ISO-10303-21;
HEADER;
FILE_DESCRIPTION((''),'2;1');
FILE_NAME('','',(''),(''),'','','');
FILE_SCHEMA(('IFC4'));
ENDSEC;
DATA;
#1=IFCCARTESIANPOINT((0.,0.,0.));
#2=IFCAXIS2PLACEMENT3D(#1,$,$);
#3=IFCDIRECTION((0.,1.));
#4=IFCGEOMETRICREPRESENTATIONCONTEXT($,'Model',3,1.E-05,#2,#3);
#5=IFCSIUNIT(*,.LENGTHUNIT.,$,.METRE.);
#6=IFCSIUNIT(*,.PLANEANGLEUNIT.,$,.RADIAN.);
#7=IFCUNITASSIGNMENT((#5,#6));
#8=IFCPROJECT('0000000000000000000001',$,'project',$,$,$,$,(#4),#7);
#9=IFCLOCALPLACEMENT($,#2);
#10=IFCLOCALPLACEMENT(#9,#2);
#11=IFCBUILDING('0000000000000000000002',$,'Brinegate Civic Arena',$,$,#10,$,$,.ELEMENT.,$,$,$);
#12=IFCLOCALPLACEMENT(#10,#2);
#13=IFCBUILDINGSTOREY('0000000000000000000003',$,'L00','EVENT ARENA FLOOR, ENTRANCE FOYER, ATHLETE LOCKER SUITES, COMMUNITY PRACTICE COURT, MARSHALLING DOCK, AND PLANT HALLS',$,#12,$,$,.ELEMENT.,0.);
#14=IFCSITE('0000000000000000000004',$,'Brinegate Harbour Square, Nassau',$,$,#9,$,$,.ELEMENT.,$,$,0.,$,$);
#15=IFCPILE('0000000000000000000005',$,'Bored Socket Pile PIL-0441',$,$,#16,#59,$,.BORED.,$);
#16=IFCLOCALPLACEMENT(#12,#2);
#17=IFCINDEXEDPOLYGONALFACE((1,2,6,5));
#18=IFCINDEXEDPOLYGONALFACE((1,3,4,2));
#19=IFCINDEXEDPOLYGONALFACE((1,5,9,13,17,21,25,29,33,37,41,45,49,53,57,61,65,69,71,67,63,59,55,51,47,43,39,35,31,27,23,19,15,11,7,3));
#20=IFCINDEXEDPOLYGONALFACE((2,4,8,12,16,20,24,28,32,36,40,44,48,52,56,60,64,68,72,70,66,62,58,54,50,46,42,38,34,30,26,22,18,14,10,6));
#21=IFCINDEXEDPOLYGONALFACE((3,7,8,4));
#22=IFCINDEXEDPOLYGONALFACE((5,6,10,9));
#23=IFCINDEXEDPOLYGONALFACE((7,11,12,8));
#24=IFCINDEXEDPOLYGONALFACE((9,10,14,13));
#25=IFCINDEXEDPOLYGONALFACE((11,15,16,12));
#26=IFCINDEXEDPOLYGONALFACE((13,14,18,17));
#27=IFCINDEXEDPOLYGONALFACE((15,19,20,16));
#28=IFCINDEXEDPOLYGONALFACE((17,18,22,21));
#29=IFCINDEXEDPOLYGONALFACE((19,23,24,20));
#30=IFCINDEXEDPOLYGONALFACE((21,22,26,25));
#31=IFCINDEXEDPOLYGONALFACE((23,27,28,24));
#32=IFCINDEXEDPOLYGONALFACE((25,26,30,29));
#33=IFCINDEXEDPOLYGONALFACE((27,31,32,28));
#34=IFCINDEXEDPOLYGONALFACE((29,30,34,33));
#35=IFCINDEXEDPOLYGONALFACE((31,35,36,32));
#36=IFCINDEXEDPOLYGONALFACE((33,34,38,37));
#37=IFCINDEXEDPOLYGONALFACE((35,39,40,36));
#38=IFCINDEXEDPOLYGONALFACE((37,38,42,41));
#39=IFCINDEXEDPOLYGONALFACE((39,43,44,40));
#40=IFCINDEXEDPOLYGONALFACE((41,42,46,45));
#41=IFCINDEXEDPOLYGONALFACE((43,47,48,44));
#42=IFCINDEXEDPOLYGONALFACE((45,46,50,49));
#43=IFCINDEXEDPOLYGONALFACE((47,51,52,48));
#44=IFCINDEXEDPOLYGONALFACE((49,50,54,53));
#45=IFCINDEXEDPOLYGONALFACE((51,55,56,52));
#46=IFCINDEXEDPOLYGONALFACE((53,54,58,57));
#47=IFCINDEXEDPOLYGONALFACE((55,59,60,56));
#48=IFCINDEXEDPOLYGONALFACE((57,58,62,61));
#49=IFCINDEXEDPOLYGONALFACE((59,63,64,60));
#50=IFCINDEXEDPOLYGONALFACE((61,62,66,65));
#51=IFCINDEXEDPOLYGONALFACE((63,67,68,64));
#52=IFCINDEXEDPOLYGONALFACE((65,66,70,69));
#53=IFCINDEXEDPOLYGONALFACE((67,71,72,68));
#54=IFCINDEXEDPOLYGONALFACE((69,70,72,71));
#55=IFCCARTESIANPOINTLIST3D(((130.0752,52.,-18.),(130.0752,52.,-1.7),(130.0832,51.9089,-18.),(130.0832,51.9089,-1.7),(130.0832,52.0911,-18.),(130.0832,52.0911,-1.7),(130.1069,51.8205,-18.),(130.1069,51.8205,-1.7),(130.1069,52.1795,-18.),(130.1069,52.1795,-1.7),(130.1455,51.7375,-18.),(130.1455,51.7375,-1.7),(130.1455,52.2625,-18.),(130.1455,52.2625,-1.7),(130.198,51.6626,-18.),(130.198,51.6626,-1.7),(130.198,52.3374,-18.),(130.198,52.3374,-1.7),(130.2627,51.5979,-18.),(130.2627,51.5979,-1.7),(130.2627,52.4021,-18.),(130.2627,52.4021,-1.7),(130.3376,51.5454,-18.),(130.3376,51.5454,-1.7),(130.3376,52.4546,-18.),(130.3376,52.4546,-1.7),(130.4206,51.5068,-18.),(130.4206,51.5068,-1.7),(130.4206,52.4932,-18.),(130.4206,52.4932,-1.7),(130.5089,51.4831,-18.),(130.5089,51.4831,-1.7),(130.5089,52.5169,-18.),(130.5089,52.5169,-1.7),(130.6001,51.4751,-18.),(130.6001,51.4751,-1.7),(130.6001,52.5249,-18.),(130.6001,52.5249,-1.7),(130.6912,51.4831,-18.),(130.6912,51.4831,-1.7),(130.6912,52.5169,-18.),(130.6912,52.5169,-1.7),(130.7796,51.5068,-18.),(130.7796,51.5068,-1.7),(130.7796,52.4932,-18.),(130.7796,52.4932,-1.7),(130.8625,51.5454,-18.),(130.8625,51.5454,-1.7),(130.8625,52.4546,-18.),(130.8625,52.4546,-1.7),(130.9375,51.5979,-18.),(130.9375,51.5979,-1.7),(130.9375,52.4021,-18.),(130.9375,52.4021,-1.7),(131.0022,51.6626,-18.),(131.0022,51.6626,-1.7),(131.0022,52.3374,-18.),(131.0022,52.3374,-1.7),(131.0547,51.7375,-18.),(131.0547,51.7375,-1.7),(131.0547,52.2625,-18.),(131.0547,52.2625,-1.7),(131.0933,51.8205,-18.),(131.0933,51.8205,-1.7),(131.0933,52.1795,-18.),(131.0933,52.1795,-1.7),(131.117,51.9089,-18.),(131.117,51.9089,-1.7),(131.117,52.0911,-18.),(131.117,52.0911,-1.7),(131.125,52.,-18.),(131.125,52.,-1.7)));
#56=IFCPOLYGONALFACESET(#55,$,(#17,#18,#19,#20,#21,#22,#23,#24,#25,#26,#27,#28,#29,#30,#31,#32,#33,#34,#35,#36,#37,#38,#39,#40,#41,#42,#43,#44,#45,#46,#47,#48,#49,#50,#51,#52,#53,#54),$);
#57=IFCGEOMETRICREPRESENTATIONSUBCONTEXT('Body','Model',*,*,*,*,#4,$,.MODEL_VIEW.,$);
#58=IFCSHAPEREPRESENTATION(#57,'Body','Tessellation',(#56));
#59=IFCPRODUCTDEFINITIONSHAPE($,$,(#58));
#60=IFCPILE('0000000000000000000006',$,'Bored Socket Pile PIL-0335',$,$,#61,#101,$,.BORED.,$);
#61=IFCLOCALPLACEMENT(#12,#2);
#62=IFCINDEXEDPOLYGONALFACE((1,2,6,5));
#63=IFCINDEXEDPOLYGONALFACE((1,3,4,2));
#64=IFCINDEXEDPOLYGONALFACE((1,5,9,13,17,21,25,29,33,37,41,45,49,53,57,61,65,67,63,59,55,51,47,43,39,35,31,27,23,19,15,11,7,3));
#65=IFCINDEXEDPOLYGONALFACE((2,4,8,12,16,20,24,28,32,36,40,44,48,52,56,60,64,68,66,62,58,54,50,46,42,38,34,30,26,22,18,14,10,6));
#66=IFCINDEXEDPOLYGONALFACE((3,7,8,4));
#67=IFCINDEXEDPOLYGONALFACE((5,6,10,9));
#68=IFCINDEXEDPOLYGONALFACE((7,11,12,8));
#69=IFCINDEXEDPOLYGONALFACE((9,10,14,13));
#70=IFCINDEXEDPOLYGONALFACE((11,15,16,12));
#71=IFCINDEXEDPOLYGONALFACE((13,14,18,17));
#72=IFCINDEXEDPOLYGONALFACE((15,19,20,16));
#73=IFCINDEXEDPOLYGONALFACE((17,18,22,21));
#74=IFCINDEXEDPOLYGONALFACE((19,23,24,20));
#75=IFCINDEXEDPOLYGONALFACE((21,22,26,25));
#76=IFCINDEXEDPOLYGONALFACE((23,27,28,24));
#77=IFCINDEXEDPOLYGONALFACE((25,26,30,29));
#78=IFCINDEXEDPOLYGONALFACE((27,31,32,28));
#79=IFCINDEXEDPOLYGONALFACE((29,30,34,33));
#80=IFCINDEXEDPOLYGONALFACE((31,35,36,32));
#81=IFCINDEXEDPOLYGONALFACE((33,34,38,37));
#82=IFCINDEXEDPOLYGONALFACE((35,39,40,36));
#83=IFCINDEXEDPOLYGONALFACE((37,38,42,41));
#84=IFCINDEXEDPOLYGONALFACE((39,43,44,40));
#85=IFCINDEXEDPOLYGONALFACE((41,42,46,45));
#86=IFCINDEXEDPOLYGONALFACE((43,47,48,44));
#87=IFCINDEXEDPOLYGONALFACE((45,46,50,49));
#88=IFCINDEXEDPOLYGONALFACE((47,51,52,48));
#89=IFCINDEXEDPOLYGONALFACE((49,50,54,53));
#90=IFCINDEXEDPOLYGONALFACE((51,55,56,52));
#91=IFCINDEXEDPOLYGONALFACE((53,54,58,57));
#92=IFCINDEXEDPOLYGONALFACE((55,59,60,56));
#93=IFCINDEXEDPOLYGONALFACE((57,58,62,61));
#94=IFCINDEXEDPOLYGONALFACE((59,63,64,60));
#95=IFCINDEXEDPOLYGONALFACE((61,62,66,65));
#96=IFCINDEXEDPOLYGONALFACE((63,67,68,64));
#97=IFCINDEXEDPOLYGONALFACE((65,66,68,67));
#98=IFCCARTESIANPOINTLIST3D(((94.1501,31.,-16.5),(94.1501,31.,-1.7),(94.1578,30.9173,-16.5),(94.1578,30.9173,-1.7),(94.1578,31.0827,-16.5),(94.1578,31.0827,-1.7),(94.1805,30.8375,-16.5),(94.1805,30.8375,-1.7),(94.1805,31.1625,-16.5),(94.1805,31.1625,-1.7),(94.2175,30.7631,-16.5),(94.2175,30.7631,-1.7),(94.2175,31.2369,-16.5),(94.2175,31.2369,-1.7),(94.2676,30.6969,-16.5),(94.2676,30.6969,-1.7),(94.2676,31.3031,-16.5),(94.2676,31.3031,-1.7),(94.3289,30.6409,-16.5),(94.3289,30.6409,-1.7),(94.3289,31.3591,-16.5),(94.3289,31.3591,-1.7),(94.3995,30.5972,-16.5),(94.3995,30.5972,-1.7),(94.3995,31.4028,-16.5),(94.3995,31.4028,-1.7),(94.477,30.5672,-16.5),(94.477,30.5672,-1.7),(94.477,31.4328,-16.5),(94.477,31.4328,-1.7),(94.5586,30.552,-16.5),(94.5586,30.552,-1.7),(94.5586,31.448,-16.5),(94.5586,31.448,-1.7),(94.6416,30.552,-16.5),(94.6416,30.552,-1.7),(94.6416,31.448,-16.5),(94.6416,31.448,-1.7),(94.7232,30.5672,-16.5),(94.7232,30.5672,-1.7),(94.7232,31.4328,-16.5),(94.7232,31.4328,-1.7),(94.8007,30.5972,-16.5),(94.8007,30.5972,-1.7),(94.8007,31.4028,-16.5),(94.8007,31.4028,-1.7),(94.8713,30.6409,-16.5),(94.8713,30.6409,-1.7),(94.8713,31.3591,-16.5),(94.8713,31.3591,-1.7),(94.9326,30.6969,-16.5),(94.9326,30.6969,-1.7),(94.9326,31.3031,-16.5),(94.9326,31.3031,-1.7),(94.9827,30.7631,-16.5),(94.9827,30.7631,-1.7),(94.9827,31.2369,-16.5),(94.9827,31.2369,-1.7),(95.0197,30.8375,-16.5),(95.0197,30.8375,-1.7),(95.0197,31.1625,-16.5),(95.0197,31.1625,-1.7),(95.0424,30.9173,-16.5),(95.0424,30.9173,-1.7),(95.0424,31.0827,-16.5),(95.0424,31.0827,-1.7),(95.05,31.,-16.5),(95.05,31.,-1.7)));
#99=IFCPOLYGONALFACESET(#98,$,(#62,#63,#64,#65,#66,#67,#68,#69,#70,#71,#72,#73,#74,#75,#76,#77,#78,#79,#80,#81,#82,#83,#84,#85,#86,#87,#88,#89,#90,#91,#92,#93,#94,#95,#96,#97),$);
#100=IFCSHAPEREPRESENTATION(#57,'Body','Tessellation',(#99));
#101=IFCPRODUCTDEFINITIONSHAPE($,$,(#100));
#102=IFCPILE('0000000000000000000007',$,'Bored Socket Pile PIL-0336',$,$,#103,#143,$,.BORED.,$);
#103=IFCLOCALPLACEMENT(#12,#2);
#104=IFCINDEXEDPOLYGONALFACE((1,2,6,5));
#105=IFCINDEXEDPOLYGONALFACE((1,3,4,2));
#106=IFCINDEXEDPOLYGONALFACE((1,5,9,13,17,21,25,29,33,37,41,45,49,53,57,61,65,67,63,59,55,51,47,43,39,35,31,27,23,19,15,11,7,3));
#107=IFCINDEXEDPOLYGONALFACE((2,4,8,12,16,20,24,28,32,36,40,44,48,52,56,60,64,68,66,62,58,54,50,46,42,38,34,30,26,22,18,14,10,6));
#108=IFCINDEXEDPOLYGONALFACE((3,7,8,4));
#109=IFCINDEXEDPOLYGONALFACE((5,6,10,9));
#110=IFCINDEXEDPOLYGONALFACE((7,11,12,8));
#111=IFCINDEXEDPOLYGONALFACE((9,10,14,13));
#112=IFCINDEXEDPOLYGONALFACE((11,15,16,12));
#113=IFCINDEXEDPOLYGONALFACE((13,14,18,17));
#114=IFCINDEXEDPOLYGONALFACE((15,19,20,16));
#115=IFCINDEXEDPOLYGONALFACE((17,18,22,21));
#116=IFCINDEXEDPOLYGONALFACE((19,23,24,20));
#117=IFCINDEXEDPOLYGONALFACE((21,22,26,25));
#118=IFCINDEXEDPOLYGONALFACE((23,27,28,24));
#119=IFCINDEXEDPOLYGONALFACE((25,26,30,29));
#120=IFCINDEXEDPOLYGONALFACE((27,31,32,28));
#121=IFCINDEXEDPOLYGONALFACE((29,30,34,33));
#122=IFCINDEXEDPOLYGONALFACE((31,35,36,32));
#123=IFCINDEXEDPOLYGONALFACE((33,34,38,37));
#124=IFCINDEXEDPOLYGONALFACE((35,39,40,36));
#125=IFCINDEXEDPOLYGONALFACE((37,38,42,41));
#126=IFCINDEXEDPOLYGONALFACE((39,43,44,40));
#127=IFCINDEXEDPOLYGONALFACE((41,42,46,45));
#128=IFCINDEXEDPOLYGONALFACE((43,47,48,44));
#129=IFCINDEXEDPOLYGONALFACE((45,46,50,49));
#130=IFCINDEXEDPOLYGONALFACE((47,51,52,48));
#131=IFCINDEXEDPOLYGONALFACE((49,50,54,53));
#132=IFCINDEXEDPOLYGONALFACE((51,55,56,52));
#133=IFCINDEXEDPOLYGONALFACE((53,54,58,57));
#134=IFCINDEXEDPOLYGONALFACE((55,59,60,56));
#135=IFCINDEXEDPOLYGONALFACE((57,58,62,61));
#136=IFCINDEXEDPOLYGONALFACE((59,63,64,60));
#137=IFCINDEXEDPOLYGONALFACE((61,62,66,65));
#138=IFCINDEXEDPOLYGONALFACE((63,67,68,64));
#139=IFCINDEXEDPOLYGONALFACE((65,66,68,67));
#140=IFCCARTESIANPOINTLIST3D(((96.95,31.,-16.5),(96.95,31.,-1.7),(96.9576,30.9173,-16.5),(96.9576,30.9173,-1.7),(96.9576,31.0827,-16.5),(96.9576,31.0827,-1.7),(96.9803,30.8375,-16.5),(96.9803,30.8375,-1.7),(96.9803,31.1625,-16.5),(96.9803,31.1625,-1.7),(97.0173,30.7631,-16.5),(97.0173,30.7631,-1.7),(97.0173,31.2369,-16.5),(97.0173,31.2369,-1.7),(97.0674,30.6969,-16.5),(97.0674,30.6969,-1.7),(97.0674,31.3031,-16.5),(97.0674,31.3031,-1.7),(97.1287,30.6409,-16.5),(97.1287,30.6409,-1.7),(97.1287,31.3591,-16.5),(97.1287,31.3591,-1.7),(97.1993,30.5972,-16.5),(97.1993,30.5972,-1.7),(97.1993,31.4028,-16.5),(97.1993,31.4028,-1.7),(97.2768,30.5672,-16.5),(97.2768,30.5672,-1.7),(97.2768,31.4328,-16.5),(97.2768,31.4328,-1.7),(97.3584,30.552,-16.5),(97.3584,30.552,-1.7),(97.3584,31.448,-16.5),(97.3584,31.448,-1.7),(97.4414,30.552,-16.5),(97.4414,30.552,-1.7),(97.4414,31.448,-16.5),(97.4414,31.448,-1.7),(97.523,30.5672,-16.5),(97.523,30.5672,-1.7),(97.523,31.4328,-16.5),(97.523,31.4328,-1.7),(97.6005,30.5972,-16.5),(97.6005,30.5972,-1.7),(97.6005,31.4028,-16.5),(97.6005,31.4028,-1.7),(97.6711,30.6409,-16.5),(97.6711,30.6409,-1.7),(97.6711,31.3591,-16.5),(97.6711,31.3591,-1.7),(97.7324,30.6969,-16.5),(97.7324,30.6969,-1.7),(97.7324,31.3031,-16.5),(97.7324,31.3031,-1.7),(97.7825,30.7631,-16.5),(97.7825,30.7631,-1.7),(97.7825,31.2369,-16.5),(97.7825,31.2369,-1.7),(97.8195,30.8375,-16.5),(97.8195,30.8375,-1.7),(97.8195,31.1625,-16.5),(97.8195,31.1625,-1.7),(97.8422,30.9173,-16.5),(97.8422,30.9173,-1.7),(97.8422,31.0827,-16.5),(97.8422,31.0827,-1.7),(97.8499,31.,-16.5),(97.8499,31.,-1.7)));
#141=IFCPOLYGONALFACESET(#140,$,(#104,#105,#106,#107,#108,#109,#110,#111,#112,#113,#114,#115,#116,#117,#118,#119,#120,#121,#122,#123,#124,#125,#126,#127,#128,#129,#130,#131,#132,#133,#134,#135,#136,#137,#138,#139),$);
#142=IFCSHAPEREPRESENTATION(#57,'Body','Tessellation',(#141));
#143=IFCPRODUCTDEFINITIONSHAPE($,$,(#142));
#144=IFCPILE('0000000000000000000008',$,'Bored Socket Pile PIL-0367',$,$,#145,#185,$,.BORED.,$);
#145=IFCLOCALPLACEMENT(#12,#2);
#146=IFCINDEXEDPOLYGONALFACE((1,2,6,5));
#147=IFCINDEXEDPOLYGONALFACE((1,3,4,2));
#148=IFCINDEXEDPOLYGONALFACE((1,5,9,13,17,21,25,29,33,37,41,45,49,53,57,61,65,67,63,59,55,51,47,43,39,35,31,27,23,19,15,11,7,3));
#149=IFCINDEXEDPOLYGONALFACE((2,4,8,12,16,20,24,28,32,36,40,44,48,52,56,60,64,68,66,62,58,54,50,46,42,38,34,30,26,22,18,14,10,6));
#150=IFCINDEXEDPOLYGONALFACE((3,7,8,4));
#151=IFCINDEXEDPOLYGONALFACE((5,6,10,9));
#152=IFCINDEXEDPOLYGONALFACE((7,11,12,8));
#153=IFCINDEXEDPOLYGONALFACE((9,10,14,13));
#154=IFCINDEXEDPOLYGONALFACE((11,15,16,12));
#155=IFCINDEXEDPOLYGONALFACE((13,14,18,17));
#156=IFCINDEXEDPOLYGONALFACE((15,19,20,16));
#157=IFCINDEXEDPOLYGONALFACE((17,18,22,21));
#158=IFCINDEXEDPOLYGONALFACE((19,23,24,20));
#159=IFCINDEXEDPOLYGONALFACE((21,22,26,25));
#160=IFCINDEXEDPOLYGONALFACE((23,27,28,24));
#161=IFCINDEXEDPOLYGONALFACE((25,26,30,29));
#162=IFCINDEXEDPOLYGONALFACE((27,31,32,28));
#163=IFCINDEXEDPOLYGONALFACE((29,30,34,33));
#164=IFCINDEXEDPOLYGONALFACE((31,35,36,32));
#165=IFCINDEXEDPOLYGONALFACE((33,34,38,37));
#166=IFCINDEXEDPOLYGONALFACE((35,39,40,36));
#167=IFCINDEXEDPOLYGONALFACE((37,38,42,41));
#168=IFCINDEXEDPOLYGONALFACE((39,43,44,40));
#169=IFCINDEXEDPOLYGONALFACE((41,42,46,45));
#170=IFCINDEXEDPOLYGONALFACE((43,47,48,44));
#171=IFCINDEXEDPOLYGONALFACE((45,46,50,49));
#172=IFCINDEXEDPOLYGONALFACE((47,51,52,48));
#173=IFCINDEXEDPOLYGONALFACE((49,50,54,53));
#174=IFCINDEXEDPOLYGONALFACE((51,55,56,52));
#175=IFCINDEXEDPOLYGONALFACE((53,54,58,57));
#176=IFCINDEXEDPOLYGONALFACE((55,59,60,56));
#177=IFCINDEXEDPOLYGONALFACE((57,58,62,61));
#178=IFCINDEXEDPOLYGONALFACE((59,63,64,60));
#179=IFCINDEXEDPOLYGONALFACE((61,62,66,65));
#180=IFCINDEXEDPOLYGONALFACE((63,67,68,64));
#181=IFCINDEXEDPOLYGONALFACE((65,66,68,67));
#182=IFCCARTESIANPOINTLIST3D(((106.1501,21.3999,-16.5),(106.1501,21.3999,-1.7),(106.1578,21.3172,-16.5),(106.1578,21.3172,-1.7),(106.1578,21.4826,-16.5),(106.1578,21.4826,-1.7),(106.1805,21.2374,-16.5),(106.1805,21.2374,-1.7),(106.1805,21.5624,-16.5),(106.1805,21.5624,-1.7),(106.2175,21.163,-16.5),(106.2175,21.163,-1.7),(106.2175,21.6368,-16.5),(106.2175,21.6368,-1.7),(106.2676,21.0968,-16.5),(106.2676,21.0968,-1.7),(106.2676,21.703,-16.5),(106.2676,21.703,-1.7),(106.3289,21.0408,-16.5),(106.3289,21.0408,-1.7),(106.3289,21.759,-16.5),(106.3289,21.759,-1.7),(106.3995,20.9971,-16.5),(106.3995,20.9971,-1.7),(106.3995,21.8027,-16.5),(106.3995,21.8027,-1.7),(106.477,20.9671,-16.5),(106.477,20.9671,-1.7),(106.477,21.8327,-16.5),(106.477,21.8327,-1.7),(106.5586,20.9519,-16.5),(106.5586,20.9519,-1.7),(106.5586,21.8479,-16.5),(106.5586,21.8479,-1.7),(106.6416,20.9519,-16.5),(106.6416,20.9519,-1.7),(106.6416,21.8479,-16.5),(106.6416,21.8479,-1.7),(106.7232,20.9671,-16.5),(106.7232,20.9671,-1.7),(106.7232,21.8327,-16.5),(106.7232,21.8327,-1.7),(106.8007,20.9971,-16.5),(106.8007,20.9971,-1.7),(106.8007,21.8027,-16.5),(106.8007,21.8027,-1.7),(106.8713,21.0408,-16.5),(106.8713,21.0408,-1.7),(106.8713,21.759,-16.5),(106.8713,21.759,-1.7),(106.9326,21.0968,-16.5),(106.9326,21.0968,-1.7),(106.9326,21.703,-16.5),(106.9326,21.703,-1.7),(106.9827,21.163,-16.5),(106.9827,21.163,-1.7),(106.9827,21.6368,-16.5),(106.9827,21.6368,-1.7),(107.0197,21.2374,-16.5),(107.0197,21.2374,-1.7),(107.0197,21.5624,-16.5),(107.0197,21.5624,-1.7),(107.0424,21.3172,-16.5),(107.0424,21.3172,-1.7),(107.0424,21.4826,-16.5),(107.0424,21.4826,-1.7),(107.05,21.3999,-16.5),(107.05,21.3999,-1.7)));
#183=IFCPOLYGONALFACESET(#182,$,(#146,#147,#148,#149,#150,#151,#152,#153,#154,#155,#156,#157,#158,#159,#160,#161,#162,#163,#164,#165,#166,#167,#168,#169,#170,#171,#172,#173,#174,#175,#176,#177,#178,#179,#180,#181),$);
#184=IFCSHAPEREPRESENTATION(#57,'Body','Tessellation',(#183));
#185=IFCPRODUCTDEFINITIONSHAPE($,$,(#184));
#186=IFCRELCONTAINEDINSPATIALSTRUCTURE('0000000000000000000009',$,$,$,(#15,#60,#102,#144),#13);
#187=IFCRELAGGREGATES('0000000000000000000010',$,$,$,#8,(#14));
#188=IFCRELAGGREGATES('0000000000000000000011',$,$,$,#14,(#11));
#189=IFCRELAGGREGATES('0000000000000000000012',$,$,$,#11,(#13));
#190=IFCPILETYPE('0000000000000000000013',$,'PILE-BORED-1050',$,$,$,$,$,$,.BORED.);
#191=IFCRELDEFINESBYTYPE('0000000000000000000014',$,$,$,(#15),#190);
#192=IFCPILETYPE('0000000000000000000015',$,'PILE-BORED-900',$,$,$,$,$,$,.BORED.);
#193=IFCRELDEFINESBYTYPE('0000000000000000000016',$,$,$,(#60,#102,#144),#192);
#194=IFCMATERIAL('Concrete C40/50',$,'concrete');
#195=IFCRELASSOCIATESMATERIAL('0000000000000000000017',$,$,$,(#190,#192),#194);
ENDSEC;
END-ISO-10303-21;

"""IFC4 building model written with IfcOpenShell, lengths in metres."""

from ifc_helpers import new_model, si_unit, direction, frame, origin, origin_2d, place, context, subcontext, project, spatial, circle, extrude, material, material_profile, profile_set, type_object, element, save


model = new_model("IFC4")

# Units and contexts
model_context = context("Model", 3, precision=1e-05, world=origin(), true_north=direction((0.0, 1.0)))
body_context = subcontext(model_context, "Body", "Model", "MODEL_VIEW")
ifc_project = project(units=[si_unit("LENGTHUNIT", "METRE"), si_unit("PLANEANGLEUNIT", "RADIAN")], contexts=[model_context])

# Site, building, storey
site_placement = place(None, origin())
site = spatial("IfcSite", under=ifc_project, at=site_placement, Name="Brinegate Harbour Square, Nassau", CompositionType="ELEMENT", RefElevation=0.0)
building_placement = place(site_placement, origin())
building = spatial("IfcBuilding", under=site, at=building_placement, Name="Brinegate Civic Arena", CompositionType="ELEMENT")
storey_placement = place(building_placement, origin())
storey = spatial("IfcBuildingStorey", under=building, at=storey_placement, Name="L00", Description="EVENT ARENA FLOOR, ENTRANCE FOYER, ATHLETE LOCKER SUITES, COMMUNITY PRACTICE COURT, MARSHALLING DOCK, AND PLANT HALLS", CompositionType="ELEMENT", Elevation=0.0)

# Shared definitions
ifc_material_1 = material(Name="Concrete C40/50", Category="concrete")

# Piles
ifc_material_profile_1 = material_profile(ifc_material_1, circle(Radius=0.5249, at=origin_2d()), Name="PILED1050")
ifc_profile_set_1 = profile_set([ifc_material_profile_1], Name="Concrete C40/50")
pile_type_1 = type_object("IfcPileType", Name="PILE-BORED-1050", PredefinedType="BORED", material=ifc_profile_set_1)
for number, where, z_axis, x_axis, name in (
    (1, (130.6001, 52.0, -1.7), (0.0, 0.0, -1.0), (1.0, 0.0, 0.0), "Bored Socket Pile PIL-0441"),
):
    element("IfcPile", number, at=place(storey_placement, frame(where, z_axis=z_axis, x_axis=x_axis)), inside=storey, type_object=pile_type_1, Name=name, PredefinedType="BORED", context=body_context, shape_type="SweptSolid", body=[
        extrude(circle(Radius=0.5249, at=origin_2d()), origin(), (0.0, 0.0, 1.0), 16.3),
    ])
ifc_material_profile_2 = material_profile(ifc_material_1, circle(Radius=0.45, at=origin_2d()), Name="PILED900")
ifc_profile_set_2 = profile_set([ifc_material_profile_2], Name="Concrete C40/50")
pile_type_2 = type_object("IfcPileType", Name="PILE-BORED-900", PredefinedType="BORED", material=ifc_profile_set_2)
for number, where, z_axis, x_axis, name in (
    (2, (94.6001, 31.0, -1.7), (0.0, 0.0, -1.0), (1.0, 0.0, 0.0), "Bored Socket Pile PIL-0335"),
    (3, (97.3999, 31.0, -1.7), (0.0, 0.0, -1.0), (1.0, 0.0, 0.0), "Bored Socket Pile PIL-0336"),
    (4, (106.6001, 21.3999, -1.7), (0.0, 0.0, -1.0), (1.0, 0.0, 0.0), "Bored Socket Pile PIL-0367"),
):
    element("IfcPile", number, at=place(storey_placement, frame(where, z_axis=z_axis, x_axis=x_axis)), inside=storey, type_object=pile_type_2, Name=name, PredefinedType="BORED", context=body_context, shape_type="SweptSolid", body=[
        extrude(circle(Radius=0.45, at=origin_2d()), origin(), (0.0, 0.0, 1.0), 14.8),
    ])

save(model, "model.ifc")
